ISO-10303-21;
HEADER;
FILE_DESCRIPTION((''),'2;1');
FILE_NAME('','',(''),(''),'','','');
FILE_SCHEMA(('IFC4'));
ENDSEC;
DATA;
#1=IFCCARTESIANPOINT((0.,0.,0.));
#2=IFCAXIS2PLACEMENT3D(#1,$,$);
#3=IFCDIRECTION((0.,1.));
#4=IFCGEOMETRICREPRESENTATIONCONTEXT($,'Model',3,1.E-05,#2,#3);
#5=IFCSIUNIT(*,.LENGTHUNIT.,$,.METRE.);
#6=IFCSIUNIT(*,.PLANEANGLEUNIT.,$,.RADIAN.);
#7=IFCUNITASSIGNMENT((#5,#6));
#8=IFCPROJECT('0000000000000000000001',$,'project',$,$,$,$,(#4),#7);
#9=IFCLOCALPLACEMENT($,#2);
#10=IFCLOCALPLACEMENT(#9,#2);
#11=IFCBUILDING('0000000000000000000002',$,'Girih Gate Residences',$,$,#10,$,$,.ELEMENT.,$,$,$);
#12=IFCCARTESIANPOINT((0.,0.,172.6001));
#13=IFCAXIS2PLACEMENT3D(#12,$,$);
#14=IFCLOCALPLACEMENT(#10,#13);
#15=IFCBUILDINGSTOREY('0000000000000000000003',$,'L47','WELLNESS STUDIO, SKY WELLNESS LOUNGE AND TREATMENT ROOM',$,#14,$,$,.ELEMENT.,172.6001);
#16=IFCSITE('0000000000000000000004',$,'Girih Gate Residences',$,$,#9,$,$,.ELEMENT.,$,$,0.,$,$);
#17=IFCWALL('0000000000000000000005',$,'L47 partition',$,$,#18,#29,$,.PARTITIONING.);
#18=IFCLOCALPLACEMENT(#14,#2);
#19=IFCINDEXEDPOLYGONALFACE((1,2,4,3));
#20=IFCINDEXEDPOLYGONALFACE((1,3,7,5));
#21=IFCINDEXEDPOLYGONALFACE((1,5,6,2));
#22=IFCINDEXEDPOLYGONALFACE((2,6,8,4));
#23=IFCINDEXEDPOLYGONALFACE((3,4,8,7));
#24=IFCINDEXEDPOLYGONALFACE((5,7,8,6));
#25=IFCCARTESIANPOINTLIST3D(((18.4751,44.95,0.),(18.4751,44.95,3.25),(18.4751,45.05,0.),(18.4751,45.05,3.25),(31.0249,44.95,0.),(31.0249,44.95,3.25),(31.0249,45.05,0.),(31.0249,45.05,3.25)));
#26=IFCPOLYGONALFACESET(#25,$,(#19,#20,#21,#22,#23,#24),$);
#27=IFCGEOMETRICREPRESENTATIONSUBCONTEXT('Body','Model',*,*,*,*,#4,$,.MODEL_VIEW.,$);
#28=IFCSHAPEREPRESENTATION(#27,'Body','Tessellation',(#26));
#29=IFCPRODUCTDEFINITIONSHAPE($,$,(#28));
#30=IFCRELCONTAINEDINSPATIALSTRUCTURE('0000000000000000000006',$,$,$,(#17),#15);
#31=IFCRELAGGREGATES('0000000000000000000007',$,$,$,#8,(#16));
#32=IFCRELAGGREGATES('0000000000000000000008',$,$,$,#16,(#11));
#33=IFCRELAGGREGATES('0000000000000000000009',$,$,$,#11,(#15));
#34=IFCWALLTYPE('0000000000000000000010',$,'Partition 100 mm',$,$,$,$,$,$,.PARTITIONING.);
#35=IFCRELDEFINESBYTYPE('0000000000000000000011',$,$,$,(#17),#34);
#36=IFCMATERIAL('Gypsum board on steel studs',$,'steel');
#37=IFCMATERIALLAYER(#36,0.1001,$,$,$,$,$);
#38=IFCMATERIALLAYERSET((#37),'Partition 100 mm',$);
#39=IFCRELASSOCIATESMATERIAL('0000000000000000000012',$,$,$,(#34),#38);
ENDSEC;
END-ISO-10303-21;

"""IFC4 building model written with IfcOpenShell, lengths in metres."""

from ifc_helpers import new_model, si_unit, direction, frame, frame_2d, origin, place, context, subcontext, project, spatial, rectangle, extrude, material, layer, layer_set, type_object, element, save


model = new_model("IFC4")

# Units and contexts
model_context = context("Model", 3, precision=1e-05, world=origin(), true_north=direction((0.0, 1.0)))
body_context = subcontext(model_context, "Body", "Model", "MODEL_VIEW")
ifc_project = project(units=[si_unit("LENGTHUNIT", "METRE"), si_unit("PLANEANGLEUNIT", "RADIAN")], contexts=[model_context])

# Site, building, storey
site_placement = place(None, origin())
site = spatial("IfcSite", under=ifc_project, at=site_placement, Name="Girih Gate Residences", CompositionType="ELEMENT", RefElevation=0.0)
building_placement = place(site_placement, origin())
building = spatial("IfcBuilding", under=site, at=building_placement, Name="Girih Gate Residences", CompositionType="ELEMENT")
storey_placement = place(building_placement, frame((0.0, 0.0, 172.6001)))
storey = spatial("IfcBuildingStorey", under=building, at=storey_placement, Name="L47", Description="WELLNESS STUDIO, SKY WELLNESS LOUNGE AND TREATMENT ROOM", CompositionType="ELEMENT", Elevation=172.6001)

# Shared definitions
ifc_material_1 = material(Name="Gypsum board on steel studs", Category="steel")

# Wall
ifc_layer_1 = layer(ifc_material_1, 0.1001)
ifc_layer_set_1 = layer_set([ifc_layer_1], Name="Partition 100 mm")
wall_type_1 = type_object("IfcWallType", Name="Partition 100 mm", PredefinedType="PARTITIONING", material=ifc_layer_set_1)
for number, where, z_axis, x_axis, name in (
    (1, (18.4751, 45.0, 0.0), (0.0, 0.0, 1.0), (1.0, 0.0, 0.0), "L47 partition"),
):
    element("IfcWall", number, at=place(storey_placement, frame(where, z_axis=z_axis, x_axis=x_axis)), inside=storey, type_object=wall_type_1, Name=name, PredefinedType="PARTITIONING", context=body_context, shape_type="SweptSolid", body=[
        extrude(rectangle(XDim=12.5498, YDim=0.1001, at=frame_2d((6.2749, 0.0))), origin(), (0.0, 0.0, 1.0), 3.25),
    ])

save(model, "model.ifc")
